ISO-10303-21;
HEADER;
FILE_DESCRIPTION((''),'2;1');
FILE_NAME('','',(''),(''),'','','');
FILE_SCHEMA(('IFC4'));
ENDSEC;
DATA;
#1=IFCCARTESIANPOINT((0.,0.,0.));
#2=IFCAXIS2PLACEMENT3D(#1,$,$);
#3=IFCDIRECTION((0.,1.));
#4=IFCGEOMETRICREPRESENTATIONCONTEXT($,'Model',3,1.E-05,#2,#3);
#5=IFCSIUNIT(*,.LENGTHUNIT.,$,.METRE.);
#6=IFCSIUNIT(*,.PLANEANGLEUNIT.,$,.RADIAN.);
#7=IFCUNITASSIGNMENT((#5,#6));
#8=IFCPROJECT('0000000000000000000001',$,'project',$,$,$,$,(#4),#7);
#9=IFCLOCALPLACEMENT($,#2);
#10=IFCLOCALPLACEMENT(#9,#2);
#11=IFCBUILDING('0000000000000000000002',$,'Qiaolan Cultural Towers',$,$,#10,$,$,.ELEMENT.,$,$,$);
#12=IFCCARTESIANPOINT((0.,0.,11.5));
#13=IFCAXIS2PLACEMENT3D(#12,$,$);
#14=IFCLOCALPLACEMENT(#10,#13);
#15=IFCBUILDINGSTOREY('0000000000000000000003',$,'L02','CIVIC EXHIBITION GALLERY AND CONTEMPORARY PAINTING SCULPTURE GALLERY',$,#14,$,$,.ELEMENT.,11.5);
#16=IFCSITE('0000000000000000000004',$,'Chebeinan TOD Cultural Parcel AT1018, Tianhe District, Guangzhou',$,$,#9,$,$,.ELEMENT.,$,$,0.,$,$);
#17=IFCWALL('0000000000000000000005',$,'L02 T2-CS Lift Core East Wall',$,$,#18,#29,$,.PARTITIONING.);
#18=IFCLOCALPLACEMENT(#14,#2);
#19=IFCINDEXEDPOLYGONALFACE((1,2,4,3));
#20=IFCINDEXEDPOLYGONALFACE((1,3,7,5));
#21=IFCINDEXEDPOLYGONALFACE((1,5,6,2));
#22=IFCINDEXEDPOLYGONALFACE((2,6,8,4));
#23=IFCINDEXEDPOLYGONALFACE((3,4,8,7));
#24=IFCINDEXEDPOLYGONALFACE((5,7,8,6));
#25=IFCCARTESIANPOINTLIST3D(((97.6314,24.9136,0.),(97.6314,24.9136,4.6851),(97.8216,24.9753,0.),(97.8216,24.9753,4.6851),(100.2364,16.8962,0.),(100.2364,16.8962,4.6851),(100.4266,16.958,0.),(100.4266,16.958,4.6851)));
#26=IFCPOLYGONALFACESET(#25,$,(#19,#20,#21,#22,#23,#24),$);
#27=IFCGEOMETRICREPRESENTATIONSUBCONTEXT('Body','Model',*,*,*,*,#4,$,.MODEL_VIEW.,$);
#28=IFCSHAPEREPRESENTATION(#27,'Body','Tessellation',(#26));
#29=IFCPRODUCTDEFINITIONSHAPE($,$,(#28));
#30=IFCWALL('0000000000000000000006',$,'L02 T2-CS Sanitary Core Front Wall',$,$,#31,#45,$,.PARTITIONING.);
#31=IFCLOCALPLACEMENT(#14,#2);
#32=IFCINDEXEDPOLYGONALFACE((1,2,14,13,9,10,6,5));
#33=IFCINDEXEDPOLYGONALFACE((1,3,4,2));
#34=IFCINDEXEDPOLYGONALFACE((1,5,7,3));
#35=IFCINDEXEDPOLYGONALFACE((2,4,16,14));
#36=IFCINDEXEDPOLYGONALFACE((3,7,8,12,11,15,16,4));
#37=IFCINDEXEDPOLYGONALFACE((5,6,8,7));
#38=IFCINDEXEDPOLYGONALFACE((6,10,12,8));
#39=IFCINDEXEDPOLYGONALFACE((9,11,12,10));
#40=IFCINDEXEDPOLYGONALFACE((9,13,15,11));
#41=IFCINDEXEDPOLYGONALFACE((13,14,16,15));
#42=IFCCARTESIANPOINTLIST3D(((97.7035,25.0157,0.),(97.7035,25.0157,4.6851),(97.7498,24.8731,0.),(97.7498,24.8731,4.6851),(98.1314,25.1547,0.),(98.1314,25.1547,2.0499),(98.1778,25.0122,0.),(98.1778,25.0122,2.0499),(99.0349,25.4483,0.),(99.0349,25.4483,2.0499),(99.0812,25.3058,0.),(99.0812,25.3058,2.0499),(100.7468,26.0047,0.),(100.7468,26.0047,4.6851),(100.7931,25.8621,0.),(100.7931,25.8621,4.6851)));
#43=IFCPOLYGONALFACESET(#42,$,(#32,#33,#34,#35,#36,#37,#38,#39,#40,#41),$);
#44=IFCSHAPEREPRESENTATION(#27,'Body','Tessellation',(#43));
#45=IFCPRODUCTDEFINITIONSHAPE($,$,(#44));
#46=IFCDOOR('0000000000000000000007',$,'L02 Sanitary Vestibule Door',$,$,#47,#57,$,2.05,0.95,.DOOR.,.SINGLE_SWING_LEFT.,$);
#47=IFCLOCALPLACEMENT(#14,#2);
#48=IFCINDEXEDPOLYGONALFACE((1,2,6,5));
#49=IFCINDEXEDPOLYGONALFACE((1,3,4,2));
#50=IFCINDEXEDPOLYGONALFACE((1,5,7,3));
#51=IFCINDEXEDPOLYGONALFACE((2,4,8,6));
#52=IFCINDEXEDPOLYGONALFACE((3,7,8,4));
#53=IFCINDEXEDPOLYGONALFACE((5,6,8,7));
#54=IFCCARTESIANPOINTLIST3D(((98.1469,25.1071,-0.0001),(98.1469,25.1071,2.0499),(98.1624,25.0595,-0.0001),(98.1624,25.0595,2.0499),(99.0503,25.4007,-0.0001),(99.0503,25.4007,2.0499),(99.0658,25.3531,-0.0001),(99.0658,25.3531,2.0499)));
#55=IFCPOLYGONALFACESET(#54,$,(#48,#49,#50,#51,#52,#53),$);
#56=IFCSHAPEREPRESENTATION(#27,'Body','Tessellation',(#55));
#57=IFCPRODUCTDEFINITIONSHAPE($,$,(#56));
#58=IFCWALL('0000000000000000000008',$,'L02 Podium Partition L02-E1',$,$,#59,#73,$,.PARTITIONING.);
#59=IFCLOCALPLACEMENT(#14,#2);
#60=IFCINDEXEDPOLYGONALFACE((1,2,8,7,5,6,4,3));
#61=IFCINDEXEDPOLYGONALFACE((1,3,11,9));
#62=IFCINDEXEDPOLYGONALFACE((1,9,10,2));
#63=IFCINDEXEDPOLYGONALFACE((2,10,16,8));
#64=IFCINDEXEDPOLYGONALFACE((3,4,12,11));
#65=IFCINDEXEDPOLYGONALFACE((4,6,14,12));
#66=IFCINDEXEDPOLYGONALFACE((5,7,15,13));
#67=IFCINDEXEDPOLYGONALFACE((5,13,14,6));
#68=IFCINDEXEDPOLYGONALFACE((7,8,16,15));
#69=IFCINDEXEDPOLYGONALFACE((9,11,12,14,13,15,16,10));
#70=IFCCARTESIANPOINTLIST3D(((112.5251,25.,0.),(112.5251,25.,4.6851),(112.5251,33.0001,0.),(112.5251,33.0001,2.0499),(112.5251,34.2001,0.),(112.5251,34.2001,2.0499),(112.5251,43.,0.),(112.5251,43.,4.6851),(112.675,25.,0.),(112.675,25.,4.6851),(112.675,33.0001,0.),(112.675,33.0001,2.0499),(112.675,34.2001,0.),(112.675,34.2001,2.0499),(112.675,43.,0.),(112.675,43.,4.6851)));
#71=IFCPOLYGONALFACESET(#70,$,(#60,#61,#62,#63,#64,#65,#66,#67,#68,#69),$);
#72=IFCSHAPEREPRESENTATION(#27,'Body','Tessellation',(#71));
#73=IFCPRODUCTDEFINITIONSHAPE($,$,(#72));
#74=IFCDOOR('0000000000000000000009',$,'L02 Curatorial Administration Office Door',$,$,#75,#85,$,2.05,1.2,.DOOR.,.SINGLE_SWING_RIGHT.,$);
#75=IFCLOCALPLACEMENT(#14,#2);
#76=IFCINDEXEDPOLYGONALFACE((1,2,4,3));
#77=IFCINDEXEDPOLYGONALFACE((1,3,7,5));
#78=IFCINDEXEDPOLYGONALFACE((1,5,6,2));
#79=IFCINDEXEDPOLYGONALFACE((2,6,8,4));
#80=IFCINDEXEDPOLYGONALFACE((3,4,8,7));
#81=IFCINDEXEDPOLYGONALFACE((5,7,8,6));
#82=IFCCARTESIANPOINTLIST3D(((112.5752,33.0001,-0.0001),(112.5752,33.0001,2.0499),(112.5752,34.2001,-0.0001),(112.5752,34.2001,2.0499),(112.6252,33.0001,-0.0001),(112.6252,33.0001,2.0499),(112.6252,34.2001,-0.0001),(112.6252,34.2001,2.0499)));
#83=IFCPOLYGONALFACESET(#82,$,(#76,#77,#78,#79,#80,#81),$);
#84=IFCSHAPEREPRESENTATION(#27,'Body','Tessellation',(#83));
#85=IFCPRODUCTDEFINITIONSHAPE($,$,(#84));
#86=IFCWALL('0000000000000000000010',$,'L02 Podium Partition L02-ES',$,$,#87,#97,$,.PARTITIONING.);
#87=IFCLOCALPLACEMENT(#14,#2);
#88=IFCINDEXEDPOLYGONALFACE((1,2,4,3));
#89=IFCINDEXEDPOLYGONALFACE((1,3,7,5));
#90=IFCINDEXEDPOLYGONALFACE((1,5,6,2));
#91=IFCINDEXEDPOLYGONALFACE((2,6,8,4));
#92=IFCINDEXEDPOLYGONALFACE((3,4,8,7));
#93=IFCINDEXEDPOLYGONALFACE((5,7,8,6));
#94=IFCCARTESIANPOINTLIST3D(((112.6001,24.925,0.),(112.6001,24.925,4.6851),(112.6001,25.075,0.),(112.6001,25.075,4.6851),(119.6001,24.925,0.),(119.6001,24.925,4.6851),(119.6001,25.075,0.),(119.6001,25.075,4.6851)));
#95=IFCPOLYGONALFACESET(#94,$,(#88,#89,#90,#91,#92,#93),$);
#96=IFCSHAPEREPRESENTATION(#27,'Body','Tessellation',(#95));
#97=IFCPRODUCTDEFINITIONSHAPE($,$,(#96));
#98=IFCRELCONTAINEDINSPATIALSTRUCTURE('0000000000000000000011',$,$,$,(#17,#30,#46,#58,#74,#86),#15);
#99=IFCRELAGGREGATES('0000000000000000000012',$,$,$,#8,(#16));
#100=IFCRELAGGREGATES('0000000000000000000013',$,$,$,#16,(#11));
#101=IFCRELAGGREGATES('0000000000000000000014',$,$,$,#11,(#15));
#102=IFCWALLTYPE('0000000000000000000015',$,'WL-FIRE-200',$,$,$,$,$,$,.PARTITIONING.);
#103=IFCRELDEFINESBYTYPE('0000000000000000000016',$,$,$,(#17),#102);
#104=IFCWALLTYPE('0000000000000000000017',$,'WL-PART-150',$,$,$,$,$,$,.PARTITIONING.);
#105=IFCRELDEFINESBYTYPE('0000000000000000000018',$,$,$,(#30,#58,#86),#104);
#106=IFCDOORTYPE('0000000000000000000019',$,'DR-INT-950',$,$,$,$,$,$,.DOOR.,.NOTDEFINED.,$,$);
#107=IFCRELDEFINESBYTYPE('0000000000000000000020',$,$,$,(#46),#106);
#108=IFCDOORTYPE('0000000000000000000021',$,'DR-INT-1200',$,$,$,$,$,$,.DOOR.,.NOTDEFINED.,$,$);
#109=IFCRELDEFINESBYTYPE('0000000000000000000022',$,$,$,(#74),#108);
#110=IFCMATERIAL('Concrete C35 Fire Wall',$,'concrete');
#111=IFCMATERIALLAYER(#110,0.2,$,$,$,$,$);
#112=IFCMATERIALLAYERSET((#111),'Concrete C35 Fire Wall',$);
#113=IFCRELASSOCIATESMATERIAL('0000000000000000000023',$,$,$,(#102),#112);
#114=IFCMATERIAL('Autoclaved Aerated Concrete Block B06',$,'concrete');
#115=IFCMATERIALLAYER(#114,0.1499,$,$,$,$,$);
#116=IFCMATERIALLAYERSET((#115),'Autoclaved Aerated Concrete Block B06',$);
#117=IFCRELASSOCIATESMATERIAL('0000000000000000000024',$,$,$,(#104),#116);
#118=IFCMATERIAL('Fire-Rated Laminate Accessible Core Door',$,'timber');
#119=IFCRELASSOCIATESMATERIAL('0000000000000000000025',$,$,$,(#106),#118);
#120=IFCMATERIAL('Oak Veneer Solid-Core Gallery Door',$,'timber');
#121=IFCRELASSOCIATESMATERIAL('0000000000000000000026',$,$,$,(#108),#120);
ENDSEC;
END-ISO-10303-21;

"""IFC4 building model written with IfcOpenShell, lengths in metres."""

from ifc_helpers import new_model, si_unit, direction, frame, frame_2d, origin, place, context, subcontext, project, spatial, rectangle, extrude, material, layer, layer_set, type_object, element, fill, save


model = new_model("IFC4")

# Units and contexts
model_context = context("Model", 3, precision=1e-05, world=origin(), true_north=direction((0.0, 1.0)))
body_context = subcontext(model_context, "Body", "Model", "MODEL_VIEW")
ifc_project = project(units=[si_unit("LENGTHUNIT", "METRE"), si_unit("PLANEANGLEUNIT", "RADIAN")], contexts=[model_context])

# Site, building, storey
site_placement = place(None, origin())
site = spatial("IfcSite", under=ifc_project, at=site_placement, Name="Chebeinan TOD Cultural Parcel AT1018, Tianhe District, Guangzhou", CompositionType="ELEMENT", RefElevation=0.0)
building_placement = place(site_placement, origin())
building = spatial("IfcBuilding", under=site, at=building_placement, Name="Qiaolan Cultural Towers", CompositionType="ELEMENT")
storey_placement = place(building_placement, frame((0.0, 0.0, 11.5)))
storey = spatial("IfcBuildingStorey", under=building, at=storey_placement, Name="L02", Description="CIVIC EXHIBITION GALLERY AND CONTEMPORARY PAINTING SCULPTURE GALLERY", CompositionType="ELEMENT", Elevation=11.5)

# Wall
ifc_material_1 = material(Name="Concrete C35 Fire Wall", Category="concrete")
ifc_layer_1 = layer(ifc_material_1, 0.2)
ifc_layer_set_1 = layer_set([ifc_layer_1], Name="Concrete C35 Fire Wall")
wall_type_1 = type_object("IfcWallType", Name="WL-FIRE-200", PredefinedType="PARTITIONING", material=ifc_layer_set_1)
wall_1_placement = place(storey_placement, frame((97.7266, 24.9443, 0.0), z_axis=(0.0, 0.0, 1.0), x_axis=(0.309016, -0.951057, 0.0)))
element("IfcWall", 1, at=wall_1_placement, inside=storey, type_object=wall_type_1, Name="L02 T2-CS Lift Core East Wall", PredefinedType="PARTITIONING", context=body_context, shape_type="SweptSolid", body=[
    extrude(rectangle(XDim=8.4299, YDim=0.2, at=frame_2d((4.2148, 0.0))), origin(), (0.0, 0.0, 1.0), 4.6851),
])

# Walls, openings, doors
ifc_material_2 = material(Name="Autoclaved Aerated Concrete Block B06", Category="concrete")
ifc_layer_2 = layer(ifc_material_2, 0.1499)
ifc_layer_set_2 = layer_set([ifc_layer_2], Name="Autoclaved Aerated Concrete Block B06")
wall_type_2 = type_object("IfcWallType", Name="WL-PART-150", PredefinedType="PARTITIONING", material=ifc_layer_set_2)
wall_2_placement = place(storey_placement, frame((97.7266, 24.9443, 0.0), z_axis=(0.0, 0.0, 1.0), x_axis=(0.951037, 0.309077, 0.0)))
wall_2 = element("IfcWall", 2, at=wall_2_placement, inside=storey, type_object=wall_type_2, Name="L02 T2-CS Sanitary Core Front Wall", PredefinedType="PARTITIONING", context=body_context, shape_type="SweptSolid", body=[
    extrude(rectangle(XDim=3.2, YDim=0.1499, at=frame_2d((1.6001, 0.0))), origin(), (0.0, 0.0, 1.0), 4.6851),
])
opening_1_placement = place(wall_2_placement, frame((0.45, 0.0, 0.0)))
opening_1 = element("IfcOpeningElement", 3, at=opening_1_placement, cuts=wall_2, PredefinedType="OPENING", context=body_context, shape_type="SweptSolid", body=[
    extrude(rectangle(XDim=0.95, YDim=2.05, at=frame_2d((0.4751, 1.0249))), frame((0.0, 0.085, 0.0), z_axis=(0.0, -1.0, 0.0), x_axis=(1.0, 0.0, 0.0)), (0.0, 0.0, 1.0), 0.1699),
])
ifc_material_3 = material(Name="Fire-Rated Laminate Accessible Core Door", Category="timber")
door_type_1 = type_object("IfcDoorType", Name="DR-INT-950", OperationType="NOTDEFINED", PredefinedType="DOOR", material=ifc_material_3)
door_1_placement = place(opening_1_placement, origin())
door_1 = element("IfcDoor", 4, at=door_1_placement, inside=storey, type_object=door_type_1, Name="L02 Sanitary Vestibule Door", OperationType="SINGLE_SWING_LEFT", OverallHeight=2.05, OverallWidth=0.95, PredefinedType="DOOR", context=body_context, shape_type="SweptSolid", body=[
    extrude(rectangle(XDim=0.95, YDim=2.05, at=frame_2d((0.4751, 1.0249))), frame((0.0, 0.0249, 0.0), z_axis=(0.0, -1.0, 0.0), x_axis=(1.0, 0.0, 0.0)), (0.0, 0.0, 1.0), 0.05),
])
fill(opening_1, door_1)
wall_3_placement = place(storey_placement, frame((112.6001, 25.0, 0.0), z_axis=(0.0, 0.0, 1.0), x_axis=(0.0, 1.0, 0.0)))
wall_3 = element("IfcWall", 5, at=wall_3_placement, inside=storey, type_object=wall_type_2, Name="L02 Podium Partition L02-E1", PredefinedType="PARTITIONING", context=body_context, shape_type="SweptSolid", body=[
    extrude(rectangle(XDim=18.0, YDim=0.1499, at=frame_2d((9.0, 0.0))), origin(), (0.0, 0.0, 1.0), 4.6851),
])
opening_2_placement = place(wall_3_placement, frame((8.0, 0.0, 0.0)))
opening_2 = element("IfcOpeningElement", 6, at=opening_2_placement, cuts=wall_3, PredefinedType="OPENING", context=body_context, shape_type="SweptSolid", body=[
    extrude(rectangle(XDim=1.2, YDim=2.05, at=frame_2d((0.6001, 1.0249))), frame((0.0, 0.085, 0.0), z_axis=(0.0, -1.0, 0.0), x_axis=(1.0, 0.0, 0.0)), (0.0, 0.0, 1.0), 0.1699),
])
ifc_material_4 = material(Name="Oak Veneer Solid-Core Gallery Door", Category="timber")
door_type_2 = type_object("IfcDoorType", Name="DR-INT-1200", OperationType="NOTDEFINED", PredefinedType="DOOR", material=ifc_material_4)
door_2_placement = place(opening_2_placement, origin())
door_2 = element("IfcDoor", 7, at=door_2_placement, inside=storey, type_object=door_type_2, Name="L02 Curatorial Administration Office Door", OperationType="SINGLE_SWING_RIGHT", OverallHeight=2.05, OverallWidth=1.2, PredefinedType="DOOR", context=body_context, shape_type="SweptSolid", body=[
    extrude(rectangle(XDim=1.2, YDim=2.05, at=frame_2d((0.6001, 1.0249))), frame((0.0, 0.0249, 0.0), z_axis=(0.0, -1.0, 0.0), x_axis=(1.0, 0.0, 0.0)), (0.0, 0.0, 1.0), 0.05),
])
fill(opening_2, door_2)

# Wall
wall_4_placement = place(storey_placement, frame((112.6001, 25.0, 0.0), z_axis=(0.0, 0.0, 1.0), x_axis=(1.0, 0.0, 0.0)))
element("IfcWall", 8, at=wall_4_placement, inside=storey, type_object=wall_type_2, Name="L02 Podium Partition L02-ES", PredefinedType="PARTITIONING", context=body_context, shape_type="SweptSolid", body=[
    extrude(rectangle(XDim=7.0, YDim=0.1499, at=frame_2d((3.5, 0.0))), origin(), (0.0, 0.0, 1.0), 4.6851),
])

save(model, "model.ifc")
